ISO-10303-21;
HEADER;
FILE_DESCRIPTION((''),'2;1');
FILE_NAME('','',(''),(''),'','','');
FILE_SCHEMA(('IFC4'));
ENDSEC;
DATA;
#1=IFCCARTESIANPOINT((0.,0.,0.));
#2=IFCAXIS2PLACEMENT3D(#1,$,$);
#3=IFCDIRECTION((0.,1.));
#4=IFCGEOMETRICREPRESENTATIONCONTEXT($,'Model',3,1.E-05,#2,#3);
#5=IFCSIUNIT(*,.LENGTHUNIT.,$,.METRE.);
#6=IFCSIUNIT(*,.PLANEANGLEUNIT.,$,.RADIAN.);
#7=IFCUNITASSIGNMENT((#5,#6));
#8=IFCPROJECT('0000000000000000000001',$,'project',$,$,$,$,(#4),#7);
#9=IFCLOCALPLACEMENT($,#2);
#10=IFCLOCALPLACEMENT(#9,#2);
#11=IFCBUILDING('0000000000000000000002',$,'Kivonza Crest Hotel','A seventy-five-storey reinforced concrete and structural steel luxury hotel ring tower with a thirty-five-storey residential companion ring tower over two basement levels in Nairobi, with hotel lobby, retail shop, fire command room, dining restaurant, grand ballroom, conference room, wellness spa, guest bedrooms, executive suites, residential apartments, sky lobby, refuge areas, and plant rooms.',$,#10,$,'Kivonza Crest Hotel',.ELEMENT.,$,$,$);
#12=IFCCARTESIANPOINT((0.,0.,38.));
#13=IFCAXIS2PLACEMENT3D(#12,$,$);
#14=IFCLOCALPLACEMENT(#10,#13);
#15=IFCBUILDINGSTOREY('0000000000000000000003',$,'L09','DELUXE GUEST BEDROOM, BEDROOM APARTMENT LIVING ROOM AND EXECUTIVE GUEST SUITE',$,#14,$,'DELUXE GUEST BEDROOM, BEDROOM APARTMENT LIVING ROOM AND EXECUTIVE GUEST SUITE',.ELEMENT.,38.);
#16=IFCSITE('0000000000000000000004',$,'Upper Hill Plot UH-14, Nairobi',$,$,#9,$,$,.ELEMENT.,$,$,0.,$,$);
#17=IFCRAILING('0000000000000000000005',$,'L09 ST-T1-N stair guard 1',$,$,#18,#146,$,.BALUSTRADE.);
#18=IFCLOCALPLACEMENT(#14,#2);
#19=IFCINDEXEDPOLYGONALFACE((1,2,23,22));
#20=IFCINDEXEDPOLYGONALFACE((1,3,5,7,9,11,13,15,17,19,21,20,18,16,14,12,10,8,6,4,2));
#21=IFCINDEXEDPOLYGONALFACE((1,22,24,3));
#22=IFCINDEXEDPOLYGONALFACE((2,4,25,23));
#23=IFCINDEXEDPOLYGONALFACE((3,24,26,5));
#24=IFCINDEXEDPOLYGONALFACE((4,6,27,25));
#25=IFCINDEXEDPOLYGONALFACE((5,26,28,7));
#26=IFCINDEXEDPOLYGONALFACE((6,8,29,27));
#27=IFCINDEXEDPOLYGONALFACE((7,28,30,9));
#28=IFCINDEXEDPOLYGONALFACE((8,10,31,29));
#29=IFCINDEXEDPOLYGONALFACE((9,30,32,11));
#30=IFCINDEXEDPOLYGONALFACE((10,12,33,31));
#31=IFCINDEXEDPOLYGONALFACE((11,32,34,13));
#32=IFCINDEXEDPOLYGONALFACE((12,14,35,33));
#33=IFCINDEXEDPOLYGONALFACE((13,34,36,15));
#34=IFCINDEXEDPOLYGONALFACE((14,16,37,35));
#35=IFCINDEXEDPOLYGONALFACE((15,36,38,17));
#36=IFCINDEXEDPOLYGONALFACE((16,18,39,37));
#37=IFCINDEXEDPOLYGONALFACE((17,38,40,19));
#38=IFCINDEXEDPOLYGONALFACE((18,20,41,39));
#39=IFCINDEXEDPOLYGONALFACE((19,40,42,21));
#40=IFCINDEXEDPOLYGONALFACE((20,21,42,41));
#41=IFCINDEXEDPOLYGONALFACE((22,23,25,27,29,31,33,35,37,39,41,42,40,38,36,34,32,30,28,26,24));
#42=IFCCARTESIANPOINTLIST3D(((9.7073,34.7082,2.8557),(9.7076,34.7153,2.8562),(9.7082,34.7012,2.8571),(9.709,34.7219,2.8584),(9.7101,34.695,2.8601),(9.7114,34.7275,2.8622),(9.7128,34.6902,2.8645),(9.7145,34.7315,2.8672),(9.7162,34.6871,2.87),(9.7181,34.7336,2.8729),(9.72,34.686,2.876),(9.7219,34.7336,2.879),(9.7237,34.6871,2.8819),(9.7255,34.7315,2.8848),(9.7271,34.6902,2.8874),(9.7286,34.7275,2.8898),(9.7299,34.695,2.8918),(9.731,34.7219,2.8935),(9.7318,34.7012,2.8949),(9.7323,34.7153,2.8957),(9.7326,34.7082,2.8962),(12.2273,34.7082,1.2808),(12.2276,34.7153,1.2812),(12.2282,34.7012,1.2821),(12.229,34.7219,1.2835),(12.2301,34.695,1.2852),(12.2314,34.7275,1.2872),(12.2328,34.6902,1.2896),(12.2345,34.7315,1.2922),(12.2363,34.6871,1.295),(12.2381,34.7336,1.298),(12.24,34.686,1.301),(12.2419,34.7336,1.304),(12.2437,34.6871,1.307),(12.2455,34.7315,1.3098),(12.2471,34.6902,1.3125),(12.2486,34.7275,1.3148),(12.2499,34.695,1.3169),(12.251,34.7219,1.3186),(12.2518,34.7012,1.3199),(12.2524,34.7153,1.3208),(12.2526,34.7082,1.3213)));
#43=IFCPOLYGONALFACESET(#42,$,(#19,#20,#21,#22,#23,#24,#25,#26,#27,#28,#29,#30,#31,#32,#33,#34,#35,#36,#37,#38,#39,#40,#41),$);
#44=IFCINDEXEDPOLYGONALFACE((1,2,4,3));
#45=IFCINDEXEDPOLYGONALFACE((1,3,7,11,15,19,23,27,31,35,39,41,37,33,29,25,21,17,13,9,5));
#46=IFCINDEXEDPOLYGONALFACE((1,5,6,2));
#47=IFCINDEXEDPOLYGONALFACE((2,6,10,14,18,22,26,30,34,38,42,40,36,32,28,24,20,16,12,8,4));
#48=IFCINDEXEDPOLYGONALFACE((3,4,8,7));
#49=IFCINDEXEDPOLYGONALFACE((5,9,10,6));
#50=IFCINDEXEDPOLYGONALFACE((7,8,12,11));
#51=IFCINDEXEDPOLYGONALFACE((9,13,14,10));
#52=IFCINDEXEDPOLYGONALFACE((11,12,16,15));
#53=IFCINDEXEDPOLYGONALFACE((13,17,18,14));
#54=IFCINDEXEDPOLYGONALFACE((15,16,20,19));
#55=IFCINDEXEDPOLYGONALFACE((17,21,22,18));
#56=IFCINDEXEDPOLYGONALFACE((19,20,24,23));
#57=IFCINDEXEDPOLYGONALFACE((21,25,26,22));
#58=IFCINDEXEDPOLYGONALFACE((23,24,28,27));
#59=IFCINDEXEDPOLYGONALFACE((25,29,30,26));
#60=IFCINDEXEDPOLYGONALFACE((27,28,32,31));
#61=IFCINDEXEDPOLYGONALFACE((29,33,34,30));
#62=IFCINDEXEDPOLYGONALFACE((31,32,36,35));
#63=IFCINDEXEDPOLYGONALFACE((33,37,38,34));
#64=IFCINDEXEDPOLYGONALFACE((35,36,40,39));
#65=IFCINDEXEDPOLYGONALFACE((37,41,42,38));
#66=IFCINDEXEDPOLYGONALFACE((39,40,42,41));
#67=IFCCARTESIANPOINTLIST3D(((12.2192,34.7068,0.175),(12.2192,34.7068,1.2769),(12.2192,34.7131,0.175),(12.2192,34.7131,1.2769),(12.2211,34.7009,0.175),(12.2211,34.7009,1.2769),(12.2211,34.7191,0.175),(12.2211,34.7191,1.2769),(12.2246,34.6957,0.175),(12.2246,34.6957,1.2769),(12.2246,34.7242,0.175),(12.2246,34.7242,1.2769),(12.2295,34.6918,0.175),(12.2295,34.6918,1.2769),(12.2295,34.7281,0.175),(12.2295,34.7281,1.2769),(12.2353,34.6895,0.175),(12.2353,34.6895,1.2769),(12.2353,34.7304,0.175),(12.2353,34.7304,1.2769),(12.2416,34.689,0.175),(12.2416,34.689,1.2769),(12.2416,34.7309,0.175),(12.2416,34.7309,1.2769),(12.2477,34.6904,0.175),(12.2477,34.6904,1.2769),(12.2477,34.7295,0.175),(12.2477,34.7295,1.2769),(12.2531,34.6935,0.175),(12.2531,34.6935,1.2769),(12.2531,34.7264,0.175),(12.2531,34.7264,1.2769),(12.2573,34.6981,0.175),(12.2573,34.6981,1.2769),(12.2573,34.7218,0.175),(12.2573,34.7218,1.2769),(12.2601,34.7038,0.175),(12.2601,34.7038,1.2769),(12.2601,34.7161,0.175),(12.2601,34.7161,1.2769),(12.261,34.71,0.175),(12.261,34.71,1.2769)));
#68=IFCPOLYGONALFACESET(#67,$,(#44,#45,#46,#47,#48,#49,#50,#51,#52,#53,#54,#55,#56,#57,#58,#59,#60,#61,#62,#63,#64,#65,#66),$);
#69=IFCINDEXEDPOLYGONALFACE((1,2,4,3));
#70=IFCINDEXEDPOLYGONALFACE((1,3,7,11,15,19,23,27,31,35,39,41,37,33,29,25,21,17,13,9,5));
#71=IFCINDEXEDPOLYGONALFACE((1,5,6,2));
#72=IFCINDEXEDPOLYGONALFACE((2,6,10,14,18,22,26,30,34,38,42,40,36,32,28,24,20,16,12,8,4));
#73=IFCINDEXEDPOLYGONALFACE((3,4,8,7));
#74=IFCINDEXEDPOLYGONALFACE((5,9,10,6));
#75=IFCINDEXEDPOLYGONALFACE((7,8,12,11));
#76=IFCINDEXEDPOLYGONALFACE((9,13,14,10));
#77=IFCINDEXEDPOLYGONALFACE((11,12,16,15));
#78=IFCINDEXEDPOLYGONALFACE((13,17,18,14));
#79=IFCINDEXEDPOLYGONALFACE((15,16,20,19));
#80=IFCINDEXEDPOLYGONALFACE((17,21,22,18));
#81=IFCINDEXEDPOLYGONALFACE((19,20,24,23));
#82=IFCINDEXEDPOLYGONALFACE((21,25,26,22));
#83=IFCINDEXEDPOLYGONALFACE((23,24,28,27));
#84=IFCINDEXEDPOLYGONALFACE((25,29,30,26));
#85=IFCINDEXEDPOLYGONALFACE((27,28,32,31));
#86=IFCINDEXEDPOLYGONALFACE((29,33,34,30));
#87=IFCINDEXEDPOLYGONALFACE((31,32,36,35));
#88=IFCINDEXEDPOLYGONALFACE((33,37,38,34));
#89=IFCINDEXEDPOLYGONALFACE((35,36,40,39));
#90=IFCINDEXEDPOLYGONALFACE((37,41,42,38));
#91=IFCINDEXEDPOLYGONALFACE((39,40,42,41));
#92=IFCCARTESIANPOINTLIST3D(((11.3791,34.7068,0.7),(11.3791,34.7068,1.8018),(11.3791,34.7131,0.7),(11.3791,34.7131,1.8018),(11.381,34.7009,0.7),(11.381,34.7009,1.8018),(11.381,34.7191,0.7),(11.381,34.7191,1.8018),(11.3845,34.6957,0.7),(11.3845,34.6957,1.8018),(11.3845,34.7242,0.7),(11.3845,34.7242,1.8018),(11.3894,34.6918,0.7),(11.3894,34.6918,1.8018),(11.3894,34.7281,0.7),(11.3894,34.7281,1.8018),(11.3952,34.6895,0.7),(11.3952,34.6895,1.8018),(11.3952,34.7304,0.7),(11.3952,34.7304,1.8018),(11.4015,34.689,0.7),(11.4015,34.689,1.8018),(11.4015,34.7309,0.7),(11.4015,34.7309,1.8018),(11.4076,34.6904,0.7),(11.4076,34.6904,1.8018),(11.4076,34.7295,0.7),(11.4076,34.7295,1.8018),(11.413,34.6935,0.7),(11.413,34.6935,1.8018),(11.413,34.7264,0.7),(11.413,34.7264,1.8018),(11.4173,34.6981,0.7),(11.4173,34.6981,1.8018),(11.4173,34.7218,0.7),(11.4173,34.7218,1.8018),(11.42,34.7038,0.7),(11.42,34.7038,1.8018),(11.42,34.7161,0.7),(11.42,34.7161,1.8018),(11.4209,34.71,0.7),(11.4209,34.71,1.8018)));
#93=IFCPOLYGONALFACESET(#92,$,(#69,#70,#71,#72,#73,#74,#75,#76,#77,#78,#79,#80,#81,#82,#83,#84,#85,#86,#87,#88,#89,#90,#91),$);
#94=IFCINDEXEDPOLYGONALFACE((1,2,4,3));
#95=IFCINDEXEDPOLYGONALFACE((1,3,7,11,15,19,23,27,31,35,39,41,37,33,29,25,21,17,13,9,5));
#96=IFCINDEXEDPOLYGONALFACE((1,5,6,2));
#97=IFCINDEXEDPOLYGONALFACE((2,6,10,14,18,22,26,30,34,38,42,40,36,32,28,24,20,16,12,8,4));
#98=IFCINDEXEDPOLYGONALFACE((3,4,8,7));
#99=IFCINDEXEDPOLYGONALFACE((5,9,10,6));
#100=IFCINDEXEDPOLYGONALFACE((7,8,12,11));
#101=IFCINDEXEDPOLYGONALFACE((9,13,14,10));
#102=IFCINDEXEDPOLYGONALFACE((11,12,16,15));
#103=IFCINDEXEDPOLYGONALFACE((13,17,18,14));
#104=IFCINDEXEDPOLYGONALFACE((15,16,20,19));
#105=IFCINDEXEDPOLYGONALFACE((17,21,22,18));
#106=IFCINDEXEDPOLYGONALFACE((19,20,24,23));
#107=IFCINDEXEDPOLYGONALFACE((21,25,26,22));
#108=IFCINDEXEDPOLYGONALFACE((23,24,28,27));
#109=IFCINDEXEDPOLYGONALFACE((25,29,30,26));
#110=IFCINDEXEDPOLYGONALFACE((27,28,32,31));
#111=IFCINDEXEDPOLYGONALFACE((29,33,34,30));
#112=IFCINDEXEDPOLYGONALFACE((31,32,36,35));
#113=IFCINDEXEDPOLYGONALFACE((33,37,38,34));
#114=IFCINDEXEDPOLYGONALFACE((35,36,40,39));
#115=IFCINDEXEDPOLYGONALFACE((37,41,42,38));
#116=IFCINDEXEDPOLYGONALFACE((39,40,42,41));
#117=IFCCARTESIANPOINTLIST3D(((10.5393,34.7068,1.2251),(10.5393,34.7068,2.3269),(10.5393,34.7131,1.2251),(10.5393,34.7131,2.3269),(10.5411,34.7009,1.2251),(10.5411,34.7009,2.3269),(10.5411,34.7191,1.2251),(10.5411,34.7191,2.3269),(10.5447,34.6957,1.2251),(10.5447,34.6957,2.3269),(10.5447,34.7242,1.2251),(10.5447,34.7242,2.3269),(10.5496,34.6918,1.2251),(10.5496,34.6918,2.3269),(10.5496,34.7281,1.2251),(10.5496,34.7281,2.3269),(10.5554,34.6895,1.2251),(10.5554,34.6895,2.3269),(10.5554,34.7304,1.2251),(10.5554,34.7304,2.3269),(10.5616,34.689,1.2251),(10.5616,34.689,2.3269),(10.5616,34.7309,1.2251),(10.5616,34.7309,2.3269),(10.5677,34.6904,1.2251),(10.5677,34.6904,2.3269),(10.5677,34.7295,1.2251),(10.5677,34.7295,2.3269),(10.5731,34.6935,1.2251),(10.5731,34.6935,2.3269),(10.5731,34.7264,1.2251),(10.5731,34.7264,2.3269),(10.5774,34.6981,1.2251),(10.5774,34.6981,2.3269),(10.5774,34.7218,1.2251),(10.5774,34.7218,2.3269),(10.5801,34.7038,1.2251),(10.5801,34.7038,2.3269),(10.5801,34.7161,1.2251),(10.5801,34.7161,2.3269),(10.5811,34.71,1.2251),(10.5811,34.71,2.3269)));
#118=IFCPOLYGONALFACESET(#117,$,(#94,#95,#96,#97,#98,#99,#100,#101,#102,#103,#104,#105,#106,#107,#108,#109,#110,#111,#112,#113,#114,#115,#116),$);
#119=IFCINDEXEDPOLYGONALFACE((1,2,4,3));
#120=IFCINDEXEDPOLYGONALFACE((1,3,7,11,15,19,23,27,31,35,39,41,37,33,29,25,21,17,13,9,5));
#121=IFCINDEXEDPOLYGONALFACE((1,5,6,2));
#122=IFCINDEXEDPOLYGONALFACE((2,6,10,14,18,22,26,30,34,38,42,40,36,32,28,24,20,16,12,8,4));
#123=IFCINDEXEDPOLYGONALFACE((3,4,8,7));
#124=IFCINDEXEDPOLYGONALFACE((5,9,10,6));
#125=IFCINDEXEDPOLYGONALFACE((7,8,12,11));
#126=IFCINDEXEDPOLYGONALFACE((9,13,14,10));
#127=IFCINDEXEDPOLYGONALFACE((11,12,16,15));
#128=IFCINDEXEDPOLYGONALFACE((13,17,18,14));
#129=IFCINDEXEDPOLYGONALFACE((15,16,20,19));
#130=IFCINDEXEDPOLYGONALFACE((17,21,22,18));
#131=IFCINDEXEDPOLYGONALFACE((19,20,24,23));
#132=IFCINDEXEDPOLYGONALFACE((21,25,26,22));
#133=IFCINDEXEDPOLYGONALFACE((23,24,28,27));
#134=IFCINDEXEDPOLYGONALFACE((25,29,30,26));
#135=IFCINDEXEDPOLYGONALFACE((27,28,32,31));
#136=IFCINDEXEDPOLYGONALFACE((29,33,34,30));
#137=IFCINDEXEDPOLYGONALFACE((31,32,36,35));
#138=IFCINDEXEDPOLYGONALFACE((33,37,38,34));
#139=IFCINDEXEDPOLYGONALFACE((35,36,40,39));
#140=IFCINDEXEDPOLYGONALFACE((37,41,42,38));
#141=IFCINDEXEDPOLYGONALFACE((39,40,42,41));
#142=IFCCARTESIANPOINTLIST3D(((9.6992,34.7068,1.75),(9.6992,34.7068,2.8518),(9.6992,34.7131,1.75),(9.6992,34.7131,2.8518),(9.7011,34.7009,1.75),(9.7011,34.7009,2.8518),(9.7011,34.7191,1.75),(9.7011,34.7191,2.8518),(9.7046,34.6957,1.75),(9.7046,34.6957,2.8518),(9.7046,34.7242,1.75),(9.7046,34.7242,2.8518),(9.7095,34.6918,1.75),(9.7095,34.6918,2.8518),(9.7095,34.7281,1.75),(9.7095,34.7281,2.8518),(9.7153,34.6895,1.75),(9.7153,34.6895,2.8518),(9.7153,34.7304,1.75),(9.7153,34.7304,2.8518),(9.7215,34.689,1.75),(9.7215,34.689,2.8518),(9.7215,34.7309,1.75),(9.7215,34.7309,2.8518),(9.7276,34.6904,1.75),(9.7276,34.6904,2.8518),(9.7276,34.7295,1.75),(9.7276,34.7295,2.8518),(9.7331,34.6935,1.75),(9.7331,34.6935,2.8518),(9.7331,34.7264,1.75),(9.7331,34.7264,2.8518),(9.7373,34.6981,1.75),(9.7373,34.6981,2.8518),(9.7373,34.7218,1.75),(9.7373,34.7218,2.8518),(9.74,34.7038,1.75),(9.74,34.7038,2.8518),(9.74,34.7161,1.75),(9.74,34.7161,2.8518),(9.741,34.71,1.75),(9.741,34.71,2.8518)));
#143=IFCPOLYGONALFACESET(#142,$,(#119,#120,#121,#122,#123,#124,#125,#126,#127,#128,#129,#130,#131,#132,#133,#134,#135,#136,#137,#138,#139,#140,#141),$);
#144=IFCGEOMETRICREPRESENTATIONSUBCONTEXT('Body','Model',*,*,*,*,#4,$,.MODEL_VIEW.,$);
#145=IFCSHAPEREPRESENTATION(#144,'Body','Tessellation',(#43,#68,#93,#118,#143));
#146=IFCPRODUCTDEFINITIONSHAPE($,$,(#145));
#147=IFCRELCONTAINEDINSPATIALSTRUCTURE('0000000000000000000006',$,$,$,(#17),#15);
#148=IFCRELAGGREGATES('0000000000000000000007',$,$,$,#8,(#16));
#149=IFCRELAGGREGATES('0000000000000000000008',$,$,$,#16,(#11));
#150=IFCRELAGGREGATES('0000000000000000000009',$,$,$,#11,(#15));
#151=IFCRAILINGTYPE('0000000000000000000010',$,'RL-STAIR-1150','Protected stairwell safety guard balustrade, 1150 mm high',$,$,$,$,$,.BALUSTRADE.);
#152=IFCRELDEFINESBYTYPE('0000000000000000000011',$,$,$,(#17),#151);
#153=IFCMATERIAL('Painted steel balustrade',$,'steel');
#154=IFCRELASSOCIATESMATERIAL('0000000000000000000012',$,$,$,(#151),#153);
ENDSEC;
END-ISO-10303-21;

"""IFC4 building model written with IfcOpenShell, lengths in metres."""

from ifc_helpers import new_model, si_unit, direction, frame, origin, origin_2d, place, context, subcontext, project, spatial, circle, extrude, material, type_object, element, save


model = new_model("IFC4")

# Units and contexts
model_context = context("Model", 3, precision=1e-05, world=origin(), true_north=direction((0.0, 1.0)))
body_context = subcontext(model_context, "Body", "Model", "MODEL_VIEW")
ifc_project = project(units=[si_unit("LENGTHUNIT", "METRE"), si_unit("PLANEANGLEUNIT", "RADIAN")], contexts=[model_context])

# Site, building, storey
site_placement = place(None, origin())
site = spatial("IfcSite", under=ifc_project, at=site_placement, Name="Upper Hill Plot UH-14, Nairobi", CompositionType="ELEMENT", RefElevation=0.0)
building_placement = place(site_placement, origin())
building = spatial("IfcBuilding", under=site, at=building_placement, Name="Kivonza Crest Hotel", Description="A seventy-five-storey reinforced concrete and structural steel luxury hotel ring tower with a thirty-five-storey residential companion ring tower over two basement levels in Nairobi, with hotel lobby, retail shop, fire command room, dining restaurant, grand ballroom, conference room, wellness spa, guest bedrooms, executive suites, residential apartments, sky lobby, refuge areas, and plant rooms.", LongName="Kivonza Crest Hotel", CompositionType="ELEMENT")
storey_placement = place(building_placement, frame((0.0, 0.0, 38.0)))
storey = spatial("IfcBuildingStorey", under=building, at=storey_placement, Name="L09", Description="DELUXE GUEST BEDROOM, BEDROOM APARTMENT LIVING ROOM AND EXECUTIVE GUEST SUITE", LongName="DELUXE GUEST BEDROOM, BEDROOM APARTMENT LIVING ROOM AND EXECUTIVE GUEST SUITE", CompositionType="ELEMENT", Elevation=38.0)

# Railing
ifc_material_1 = material(Name="Painted steel balustrade", Category="steel")
railing_type_1 = type_object("IfcRailingType", Name="RL-STAIR-1150", Description="Protected stairwell safety guard balustrade, 1150 mm high", PredefinedType="BALUSTRADE", material=ifc_material_1)
railing_1_placement = place(storey_placement, frame((12.24, 34.71, 0.175)))
element("IfcRailing", 1, at=railing_1_placement, inside=storey, type_object=railing_type_1, Name="L09 ST-T1-N stair guard 1", PredefinedType="BALUSTRADE", context=body_context, shape_type="SweptSolid", body=[
    extrude(circle(Radius=0.0239, at=origin_2d()), frame((0.0, 0.0, 1.126), z_axis=(-0.848008, 0.0, 0.529984), x_axis=(0.0, -1.0, 0.0)), (0.0, 0.0, 1.0), 2.9717),
    extrude(circle(Radius=0.021, at=origin_2d()), origin(), (0.0, 0.0, 1.0), 1.1018),
    extrude(circle(Radius=0.021, at=origin_2d()), frame((-0.8401, 0.0, 0.5249)), (0.0, 0.0, 1.0), 1.1018),
    extrude(circle(Radius=0.021, at=origin_2d()), frame((-1.6799, 0.0, 1.05)), (0.0, 0.0, 1.0), 1.1018),
    extrude(circle(Radius=0.021, at=origin_2d()), frame((-2.52, 0.0, 1.575)), (0.0, 0.0, 1.0), 1.1018),
])

save(model, "model.ifc")
